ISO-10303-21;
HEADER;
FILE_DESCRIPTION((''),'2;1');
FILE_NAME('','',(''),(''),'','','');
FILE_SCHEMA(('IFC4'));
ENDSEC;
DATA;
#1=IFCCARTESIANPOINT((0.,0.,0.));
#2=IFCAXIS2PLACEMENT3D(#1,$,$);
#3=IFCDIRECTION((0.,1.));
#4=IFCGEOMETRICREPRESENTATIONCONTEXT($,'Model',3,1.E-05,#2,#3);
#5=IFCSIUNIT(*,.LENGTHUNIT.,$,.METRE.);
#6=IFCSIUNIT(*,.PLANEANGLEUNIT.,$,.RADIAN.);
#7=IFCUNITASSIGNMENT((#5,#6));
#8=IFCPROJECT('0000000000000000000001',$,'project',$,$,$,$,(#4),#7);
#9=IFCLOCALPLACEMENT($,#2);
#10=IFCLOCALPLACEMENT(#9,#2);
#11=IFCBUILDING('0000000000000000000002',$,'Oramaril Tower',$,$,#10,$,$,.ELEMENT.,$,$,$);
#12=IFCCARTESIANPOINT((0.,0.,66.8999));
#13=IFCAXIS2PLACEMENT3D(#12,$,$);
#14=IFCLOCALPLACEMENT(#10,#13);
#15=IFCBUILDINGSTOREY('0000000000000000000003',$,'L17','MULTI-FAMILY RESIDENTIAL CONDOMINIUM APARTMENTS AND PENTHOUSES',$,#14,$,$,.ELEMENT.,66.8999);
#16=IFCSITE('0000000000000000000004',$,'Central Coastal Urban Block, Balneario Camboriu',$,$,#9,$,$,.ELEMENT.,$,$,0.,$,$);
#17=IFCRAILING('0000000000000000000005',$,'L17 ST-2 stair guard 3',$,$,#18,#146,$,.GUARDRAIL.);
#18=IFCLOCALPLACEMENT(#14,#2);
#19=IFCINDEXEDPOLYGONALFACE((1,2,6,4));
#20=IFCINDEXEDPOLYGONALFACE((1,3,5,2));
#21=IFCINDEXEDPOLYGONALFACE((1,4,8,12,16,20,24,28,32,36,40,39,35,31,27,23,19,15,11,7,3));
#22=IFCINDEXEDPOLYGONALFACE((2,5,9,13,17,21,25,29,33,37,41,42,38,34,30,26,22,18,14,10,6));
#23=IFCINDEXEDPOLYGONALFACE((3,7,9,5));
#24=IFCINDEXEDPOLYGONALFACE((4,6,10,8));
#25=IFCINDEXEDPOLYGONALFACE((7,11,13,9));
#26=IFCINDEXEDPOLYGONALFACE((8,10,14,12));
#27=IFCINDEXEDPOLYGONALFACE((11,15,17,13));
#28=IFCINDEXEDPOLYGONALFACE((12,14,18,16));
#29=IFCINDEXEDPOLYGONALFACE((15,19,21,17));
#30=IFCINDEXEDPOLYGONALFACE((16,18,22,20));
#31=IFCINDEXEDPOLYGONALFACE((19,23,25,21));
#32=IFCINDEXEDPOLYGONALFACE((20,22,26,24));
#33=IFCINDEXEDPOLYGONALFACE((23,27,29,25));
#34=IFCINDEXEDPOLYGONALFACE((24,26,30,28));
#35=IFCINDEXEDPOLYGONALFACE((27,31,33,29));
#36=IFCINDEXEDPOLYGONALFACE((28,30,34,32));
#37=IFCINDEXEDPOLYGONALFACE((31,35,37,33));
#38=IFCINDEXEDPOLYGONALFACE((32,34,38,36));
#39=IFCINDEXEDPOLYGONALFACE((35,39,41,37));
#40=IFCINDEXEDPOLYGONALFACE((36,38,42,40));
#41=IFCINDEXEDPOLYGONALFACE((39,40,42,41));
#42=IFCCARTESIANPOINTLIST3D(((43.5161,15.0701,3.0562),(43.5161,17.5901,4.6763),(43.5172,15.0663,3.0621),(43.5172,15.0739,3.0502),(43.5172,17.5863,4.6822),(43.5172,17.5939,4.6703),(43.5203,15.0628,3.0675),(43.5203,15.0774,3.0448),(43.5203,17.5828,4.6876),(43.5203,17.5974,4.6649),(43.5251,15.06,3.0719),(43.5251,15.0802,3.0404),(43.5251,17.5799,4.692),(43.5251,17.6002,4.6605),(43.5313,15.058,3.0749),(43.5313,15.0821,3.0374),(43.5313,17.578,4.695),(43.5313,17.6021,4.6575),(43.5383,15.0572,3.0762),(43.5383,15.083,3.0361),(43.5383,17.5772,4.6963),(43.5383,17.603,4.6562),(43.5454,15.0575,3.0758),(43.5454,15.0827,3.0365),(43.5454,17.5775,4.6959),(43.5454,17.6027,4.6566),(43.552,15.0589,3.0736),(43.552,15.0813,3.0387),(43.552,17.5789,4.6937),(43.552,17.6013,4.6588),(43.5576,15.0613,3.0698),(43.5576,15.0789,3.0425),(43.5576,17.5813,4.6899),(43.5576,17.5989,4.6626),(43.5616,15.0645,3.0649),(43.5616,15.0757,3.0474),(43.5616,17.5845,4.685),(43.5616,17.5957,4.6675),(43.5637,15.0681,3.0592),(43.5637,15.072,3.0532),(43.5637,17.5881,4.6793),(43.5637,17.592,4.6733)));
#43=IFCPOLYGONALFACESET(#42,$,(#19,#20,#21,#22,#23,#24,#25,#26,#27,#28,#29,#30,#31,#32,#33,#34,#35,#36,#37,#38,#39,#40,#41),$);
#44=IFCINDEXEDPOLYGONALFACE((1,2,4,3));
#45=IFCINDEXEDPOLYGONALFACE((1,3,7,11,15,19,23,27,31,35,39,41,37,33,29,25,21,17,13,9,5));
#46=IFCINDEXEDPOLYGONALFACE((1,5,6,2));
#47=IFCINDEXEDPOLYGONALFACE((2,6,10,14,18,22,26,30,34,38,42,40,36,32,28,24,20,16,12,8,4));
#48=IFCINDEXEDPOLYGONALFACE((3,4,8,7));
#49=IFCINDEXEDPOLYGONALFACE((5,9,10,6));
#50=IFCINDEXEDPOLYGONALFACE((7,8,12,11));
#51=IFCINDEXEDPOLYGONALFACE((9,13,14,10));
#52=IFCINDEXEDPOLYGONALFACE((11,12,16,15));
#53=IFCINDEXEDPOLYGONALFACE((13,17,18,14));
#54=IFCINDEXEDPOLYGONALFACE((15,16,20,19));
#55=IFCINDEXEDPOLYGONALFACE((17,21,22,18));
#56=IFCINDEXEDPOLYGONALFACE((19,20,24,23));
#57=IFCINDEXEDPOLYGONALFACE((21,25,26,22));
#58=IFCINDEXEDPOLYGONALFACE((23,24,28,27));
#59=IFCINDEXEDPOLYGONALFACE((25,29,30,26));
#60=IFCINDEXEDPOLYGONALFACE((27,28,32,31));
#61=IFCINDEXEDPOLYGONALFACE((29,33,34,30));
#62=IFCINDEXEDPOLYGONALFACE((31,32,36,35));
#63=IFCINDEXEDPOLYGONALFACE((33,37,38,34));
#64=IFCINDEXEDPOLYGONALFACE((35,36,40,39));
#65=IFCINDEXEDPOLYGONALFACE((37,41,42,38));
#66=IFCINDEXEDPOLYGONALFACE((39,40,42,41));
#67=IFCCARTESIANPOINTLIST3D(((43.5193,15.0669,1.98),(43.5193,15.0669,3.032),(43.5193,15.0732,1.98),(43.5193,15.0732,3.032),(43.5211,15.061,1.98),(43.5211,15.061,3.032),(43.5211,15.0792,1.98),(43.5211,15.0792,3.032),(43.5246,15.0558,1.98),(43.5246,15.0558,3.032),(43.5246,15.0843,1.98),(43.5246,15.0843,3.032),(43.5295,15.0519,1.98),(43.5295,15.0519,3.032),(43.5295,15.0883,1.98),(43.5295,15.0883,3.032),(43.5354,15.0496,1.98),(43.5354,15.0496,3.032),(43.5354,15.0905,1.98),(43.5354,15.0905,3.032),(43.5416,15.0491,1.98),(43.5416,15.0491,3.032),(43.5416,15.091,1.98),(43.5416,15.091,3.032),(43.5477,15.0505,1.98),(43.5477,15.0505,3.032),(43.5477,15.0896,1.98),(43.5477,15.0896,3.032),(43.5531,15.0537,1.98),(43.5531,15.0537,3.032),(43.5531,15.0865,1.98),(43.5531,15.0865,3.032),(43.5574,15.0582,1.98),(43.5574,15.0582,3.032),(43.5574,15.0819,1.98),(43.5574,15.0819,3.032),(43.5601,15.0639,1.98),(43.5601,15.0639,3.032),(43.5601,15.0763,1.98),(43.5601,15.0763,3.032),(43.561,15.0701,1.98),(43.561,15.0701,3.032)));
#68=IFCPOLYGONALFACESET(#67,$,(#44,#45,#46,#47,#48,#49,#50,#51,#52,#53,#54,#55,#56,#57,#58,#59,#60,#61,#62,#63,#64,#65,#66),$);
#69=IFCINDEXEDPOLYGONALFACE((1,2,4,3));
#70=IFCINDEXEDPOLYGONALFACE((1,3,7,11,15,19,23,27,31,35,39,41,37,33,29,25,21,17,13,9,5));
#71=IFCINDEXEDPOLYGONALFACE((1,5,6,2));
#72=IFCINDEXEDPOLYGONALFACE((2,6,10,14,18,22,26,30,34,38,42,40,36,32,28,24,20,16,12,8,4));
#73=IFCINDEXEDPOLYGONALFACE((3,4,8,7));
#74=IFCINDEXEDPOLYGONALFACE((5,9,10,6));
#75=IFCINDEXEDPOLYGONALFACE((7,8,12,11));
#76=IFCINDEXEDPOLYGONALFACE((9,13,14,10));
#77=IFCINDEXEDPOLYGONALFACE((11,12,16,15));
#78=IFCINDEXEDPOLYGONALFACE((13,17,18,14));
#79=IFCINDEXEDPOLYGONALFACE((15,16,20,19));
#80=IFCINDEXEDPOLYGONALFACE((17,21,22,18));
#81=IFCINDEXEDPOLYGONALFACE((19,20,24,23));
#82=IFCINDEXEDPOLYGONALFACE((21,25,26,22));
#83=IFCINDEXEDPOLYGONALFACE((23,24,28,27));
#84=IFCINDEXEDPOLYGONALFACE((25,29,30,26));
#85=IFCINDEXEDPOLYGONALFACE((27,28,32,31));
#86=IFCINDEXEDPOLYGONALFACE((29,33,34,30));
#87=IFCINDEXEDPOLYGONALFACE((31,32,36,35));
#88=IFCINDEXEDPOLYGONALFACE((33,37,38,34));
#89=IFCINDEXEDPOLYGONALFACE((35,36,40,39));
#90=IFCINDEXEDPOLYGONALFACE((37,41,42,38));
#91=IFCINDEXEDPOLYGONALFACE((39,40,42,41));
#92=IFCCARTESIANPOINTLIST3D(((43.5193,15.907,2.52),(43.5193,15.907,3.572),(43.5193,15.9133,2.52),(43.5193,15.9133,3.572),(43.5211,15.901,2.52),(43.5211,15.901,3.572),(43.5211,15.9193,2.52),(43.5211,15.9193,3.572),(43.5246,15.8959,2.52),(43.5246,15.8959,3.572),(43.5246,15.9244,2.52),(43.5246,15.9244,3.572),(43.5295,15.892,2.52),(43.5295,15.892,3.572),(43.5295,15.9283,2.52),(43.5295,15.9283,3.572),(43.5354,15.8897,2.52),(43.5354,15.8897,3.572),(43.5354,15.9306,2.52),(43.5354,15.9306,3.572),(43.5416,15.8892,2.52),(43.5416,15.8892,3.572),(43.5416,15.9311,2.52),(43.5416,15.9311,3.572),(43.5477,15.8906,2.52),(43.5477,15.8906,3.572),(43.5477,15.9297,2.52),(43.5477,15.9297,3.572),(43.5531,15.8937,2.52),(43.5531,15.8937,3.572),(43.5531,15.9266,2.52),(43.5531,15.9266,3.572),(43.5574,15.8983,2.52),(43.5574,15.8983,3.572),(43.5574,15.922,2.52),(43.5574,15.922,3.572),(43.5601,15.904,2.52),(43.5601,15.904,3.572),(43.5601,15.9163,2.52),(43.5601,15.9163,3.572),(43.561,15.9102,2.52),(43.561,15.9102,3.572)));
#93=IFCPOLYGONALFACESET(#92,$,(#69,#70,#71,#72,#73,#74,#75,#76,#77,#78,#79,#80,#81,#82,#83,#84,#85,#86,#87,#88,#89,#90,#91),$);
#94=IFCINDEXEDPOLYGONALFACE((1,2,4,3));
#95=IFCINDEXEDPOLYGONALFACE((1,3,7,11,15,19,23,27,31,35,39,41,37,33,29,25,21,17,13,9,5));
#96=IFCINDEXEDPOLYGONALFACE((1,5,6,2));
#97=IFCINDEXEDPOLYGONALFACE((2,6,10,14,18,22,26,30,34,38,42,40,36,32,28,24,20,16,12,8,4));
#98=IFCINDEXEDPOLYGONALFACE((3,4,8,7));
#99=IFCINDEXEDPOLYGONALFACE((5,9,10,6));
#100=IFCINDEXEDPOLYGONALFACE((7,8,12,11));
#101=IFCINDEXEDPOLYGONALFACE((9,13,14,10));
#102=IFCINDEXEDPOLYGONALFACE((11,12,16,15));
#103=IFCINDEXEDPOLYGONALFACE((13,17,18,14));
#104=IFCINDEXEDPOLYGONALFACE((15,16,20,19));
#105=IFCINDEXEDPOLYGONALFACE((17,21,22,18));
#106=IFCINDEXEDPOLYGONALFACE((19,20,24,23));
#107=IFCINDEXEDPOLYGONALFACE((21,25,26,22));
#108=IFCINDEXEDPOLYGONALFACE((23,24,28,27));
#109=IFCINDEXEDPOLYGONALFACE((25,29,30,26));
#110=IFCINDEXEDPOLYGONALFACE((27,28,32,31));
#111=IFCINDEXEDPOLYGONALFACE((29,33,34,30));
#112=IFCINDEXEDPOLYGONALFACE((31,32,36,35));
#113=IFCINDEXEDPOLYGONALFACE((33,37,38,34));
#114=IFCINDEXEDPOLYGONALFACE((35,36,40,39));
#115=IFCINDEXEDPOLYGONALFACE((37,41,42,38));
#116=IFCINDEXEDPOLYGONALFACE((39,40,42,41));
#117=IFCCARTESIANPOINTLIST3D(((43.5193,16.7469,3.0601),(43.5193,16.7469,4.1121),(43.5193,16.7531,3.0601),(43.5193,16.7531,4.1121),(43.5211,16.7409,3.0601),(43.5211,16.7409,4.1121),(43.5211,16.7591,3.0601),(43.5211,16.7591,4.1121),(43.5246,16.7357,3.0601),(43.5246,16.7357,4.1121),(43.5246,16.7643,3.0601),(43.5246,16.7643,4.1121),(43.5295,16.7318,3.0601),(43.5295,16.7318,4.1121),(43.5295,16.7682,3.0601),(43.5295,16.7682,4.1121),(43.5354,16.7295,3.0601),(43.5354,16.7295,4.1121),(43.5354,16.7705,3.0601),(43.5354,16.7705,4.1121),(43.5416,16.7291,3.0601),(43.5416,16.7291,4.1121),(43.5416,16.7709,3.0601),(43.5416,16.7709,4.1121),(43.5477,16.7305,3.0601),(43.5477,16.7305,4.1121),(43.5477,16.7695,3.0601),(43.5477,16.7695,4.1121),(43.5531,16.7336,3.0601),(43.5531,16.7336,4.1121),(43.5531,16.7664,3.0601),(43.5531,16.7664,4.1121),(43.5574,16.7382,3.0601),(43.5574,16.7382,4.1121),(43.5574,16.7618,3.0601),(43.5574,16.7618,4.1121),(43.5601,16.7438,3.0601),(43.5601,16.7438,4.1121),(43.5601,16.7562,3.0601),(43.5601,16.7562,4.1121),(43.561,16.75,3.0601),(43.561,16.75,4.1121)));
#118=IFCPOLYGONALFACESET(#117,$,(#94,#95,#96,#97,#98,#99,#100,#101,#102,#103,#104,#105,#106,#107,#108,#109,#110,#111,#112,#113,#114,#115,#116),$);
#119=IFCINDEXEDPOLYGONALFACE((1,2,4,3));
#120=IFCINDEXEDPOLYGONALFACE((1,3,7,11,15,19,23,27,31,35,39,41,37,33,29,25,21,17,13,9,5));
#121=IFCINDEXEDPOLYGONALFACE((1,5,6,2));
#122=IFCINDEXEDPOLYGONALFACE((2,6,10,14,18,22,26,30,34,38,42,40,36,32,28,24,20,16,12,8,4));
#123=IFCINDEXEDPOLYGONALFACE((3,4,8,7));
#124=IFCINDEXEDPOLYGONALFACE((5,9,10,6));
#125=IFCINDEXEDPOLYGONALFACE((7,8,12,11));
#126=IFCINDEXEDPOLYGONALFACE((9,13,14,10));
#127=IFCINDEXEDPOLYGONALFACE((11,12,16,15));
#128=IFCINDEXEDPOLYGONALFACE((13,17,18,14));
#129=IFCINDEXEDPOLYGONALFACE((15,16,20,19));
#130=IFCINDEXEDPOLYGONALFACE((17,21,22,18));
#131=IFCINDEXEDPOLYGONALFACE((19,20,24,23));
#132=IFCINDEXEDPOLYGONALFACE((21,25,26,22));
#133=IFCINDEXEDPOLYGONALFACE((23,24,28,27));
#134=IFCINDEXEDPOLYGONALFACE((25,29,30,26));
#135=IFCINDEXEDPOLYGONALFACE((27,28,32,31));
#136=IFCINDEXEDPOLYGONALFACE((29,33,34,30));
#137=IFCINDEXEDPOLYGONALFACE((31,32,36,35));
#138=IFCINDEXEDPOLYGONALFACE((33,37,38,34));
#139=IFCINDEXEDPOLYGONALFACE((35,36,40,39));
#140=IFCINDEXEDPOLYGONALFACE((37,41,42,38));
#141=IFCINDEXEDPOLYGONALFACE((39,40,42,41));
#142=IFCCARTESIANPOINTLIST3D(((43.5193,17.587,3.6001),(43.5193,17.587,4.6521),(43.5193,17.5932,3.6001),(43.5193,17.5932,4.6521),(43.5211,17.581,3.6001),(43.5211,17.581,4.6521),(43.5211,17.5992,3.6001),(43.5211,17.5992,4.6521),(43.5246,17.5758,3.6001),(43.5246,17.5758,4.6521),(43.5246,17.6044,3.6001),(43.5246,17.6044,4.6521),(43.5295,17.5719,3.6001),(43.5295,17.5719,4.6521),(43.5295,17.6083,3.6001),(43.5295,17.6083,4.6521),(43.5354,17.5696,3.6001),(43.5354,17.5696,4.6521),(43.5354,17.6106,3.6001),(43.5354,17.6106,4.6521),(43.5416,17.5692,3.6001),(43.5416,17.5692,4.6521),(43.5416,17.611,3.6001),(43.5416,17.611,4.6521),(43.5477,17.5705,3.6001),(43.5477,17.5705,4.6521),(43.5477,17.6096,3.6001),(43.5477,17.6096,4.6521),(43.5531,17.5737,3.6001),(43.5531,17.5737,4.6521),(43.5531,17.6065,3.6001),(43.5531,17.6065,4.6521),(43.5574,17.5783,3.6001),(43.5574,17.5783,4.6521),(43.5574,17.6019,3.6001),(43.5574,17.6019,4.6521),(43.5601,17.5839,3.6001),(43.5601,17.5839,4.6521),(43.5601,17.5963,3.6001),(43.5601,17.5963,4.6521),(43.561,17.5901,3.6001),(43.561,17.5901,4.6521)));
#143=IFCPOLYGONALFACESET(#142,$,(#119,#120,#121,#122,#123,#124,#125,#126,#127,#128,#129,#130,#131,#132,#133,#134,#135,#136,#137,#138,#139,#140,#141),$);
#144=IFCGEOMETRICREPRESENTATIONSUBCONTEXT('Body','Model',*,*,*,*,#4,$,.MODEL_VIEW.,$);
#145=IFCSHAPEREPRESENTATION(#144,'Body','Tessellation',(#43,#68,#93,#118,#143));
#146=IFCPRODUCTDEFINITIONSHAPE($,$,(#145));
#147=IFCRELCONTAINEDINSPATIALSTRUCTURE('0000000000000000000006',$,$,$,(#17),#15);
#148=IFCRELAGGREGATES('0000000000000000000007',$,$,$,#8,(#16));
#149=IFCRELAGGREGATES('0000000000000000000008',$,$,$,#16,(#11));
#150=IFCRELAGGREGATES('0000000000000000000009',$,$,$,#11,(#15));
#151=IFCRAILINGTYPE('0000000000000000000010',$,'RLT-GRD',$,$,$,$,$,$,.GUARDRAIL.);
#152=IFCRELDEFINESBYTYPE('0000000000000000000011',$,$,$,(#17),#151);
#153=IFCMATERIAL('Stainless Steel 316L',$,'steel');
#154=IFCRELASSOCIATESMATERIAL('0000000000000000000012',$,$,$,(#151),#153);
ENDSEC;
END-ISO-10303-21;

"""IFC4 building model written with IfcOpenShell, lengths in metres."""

from ifc_helpers import new_model, si_unit, direction, frame, origin, origin_2d, place, context, subcontext, project, spatial, circle, extrude, material, type_object, element, save


model = new_model("IFC4")

# Units and contexts
model_context = context("Model", 3, precision=1e-05, world=origin(), true_north=direction((0.0, 1.0)))
body_context = subcontext(model_context, "Body", "Model", "MODEL_VIEW")
ifc_project = project(units=[si_unit("LENGTHUNIT", "METRE"), si_unit("PLANEANGLEUNIT", "RADIAN")], contexts=[model_context])

# Site, building, storey
site_placement = place(None, origin())
site = spatial("IfcSite", under=ifc_project, at=site_placement, Name="Central Coastal Urban Block, Balneario Camboriu", CompositionType="ELEMENT", RefElevation=0.0)
building_placement = place(site_placement, origin())
building = spatial("IfcBuilding", under=site, at=building_placement, Name="Oramaril Tower", CompositionType="ELEMENT")
storey_placement = place(building_placement, frame((0.0, 0.0, 66.8999)))
storey = spatial("IfcBuildingStorey", under=building, at=storey_placement, Name="L17", Description="MULTI-FAMILY RESIDENTIAL CONDOMINIUM APARTMENTS AND PENTHOUSES", CompositionType="ELEMENT", Elevation=66.8999)

# Railing
ifc_material_1 = material(Name="Stainless Steel 316L", Category="steel")
railing_type_1 = type_object("IfcRailingType", Name="RLT-GRD", PredefinedType="GUARDRAIL", material=ifc_material_1)
railing_1_placement = place(storey_placement, frame((43.54, 15.0701, 1.98)))
element("IfcRailing", 1, at=railing_1_placement, inside=storey, type_object=railing_type_1, Name="L17 ST-2 stair guard 3", PredefinedType="GUARDRAIL", context=body_context, shape_type="SweptSolid", body=[
    extrude(circle(Radius=0.0239, at=origin_2d()), frame((0.0, 0.0, 1.0762), z_axis=(0.0, 0.841163, 0.540782), x_axis=(-1.0, 0.0, 0.0)), (0.0, 0.0, 1.0), 2.9958),
    extrude(circle(Radius=0.021, at=origin_2d()), origin(), (0.0, 0.0, 1.0), 1.052),
    extrude(circle(Radius=0.021, at=origin_2d()), frame((0.0, 0.8401, 0.54)), (0.0, 0.0, 1.0), 1.052),
    extrude(circle(Radius=0.021, at=origin_2d()), frame((0.0, 1.6799, 1.0801)), (0.0, 0.0, 1.0), 1.052),
    extrude(circle(Radius=0.021, at=origin_2d()), frame((0.0, 2.52, 1.6201)), (0.0, 0.0, 1.0), 1.052),
])

save(model, "model.ifc")
